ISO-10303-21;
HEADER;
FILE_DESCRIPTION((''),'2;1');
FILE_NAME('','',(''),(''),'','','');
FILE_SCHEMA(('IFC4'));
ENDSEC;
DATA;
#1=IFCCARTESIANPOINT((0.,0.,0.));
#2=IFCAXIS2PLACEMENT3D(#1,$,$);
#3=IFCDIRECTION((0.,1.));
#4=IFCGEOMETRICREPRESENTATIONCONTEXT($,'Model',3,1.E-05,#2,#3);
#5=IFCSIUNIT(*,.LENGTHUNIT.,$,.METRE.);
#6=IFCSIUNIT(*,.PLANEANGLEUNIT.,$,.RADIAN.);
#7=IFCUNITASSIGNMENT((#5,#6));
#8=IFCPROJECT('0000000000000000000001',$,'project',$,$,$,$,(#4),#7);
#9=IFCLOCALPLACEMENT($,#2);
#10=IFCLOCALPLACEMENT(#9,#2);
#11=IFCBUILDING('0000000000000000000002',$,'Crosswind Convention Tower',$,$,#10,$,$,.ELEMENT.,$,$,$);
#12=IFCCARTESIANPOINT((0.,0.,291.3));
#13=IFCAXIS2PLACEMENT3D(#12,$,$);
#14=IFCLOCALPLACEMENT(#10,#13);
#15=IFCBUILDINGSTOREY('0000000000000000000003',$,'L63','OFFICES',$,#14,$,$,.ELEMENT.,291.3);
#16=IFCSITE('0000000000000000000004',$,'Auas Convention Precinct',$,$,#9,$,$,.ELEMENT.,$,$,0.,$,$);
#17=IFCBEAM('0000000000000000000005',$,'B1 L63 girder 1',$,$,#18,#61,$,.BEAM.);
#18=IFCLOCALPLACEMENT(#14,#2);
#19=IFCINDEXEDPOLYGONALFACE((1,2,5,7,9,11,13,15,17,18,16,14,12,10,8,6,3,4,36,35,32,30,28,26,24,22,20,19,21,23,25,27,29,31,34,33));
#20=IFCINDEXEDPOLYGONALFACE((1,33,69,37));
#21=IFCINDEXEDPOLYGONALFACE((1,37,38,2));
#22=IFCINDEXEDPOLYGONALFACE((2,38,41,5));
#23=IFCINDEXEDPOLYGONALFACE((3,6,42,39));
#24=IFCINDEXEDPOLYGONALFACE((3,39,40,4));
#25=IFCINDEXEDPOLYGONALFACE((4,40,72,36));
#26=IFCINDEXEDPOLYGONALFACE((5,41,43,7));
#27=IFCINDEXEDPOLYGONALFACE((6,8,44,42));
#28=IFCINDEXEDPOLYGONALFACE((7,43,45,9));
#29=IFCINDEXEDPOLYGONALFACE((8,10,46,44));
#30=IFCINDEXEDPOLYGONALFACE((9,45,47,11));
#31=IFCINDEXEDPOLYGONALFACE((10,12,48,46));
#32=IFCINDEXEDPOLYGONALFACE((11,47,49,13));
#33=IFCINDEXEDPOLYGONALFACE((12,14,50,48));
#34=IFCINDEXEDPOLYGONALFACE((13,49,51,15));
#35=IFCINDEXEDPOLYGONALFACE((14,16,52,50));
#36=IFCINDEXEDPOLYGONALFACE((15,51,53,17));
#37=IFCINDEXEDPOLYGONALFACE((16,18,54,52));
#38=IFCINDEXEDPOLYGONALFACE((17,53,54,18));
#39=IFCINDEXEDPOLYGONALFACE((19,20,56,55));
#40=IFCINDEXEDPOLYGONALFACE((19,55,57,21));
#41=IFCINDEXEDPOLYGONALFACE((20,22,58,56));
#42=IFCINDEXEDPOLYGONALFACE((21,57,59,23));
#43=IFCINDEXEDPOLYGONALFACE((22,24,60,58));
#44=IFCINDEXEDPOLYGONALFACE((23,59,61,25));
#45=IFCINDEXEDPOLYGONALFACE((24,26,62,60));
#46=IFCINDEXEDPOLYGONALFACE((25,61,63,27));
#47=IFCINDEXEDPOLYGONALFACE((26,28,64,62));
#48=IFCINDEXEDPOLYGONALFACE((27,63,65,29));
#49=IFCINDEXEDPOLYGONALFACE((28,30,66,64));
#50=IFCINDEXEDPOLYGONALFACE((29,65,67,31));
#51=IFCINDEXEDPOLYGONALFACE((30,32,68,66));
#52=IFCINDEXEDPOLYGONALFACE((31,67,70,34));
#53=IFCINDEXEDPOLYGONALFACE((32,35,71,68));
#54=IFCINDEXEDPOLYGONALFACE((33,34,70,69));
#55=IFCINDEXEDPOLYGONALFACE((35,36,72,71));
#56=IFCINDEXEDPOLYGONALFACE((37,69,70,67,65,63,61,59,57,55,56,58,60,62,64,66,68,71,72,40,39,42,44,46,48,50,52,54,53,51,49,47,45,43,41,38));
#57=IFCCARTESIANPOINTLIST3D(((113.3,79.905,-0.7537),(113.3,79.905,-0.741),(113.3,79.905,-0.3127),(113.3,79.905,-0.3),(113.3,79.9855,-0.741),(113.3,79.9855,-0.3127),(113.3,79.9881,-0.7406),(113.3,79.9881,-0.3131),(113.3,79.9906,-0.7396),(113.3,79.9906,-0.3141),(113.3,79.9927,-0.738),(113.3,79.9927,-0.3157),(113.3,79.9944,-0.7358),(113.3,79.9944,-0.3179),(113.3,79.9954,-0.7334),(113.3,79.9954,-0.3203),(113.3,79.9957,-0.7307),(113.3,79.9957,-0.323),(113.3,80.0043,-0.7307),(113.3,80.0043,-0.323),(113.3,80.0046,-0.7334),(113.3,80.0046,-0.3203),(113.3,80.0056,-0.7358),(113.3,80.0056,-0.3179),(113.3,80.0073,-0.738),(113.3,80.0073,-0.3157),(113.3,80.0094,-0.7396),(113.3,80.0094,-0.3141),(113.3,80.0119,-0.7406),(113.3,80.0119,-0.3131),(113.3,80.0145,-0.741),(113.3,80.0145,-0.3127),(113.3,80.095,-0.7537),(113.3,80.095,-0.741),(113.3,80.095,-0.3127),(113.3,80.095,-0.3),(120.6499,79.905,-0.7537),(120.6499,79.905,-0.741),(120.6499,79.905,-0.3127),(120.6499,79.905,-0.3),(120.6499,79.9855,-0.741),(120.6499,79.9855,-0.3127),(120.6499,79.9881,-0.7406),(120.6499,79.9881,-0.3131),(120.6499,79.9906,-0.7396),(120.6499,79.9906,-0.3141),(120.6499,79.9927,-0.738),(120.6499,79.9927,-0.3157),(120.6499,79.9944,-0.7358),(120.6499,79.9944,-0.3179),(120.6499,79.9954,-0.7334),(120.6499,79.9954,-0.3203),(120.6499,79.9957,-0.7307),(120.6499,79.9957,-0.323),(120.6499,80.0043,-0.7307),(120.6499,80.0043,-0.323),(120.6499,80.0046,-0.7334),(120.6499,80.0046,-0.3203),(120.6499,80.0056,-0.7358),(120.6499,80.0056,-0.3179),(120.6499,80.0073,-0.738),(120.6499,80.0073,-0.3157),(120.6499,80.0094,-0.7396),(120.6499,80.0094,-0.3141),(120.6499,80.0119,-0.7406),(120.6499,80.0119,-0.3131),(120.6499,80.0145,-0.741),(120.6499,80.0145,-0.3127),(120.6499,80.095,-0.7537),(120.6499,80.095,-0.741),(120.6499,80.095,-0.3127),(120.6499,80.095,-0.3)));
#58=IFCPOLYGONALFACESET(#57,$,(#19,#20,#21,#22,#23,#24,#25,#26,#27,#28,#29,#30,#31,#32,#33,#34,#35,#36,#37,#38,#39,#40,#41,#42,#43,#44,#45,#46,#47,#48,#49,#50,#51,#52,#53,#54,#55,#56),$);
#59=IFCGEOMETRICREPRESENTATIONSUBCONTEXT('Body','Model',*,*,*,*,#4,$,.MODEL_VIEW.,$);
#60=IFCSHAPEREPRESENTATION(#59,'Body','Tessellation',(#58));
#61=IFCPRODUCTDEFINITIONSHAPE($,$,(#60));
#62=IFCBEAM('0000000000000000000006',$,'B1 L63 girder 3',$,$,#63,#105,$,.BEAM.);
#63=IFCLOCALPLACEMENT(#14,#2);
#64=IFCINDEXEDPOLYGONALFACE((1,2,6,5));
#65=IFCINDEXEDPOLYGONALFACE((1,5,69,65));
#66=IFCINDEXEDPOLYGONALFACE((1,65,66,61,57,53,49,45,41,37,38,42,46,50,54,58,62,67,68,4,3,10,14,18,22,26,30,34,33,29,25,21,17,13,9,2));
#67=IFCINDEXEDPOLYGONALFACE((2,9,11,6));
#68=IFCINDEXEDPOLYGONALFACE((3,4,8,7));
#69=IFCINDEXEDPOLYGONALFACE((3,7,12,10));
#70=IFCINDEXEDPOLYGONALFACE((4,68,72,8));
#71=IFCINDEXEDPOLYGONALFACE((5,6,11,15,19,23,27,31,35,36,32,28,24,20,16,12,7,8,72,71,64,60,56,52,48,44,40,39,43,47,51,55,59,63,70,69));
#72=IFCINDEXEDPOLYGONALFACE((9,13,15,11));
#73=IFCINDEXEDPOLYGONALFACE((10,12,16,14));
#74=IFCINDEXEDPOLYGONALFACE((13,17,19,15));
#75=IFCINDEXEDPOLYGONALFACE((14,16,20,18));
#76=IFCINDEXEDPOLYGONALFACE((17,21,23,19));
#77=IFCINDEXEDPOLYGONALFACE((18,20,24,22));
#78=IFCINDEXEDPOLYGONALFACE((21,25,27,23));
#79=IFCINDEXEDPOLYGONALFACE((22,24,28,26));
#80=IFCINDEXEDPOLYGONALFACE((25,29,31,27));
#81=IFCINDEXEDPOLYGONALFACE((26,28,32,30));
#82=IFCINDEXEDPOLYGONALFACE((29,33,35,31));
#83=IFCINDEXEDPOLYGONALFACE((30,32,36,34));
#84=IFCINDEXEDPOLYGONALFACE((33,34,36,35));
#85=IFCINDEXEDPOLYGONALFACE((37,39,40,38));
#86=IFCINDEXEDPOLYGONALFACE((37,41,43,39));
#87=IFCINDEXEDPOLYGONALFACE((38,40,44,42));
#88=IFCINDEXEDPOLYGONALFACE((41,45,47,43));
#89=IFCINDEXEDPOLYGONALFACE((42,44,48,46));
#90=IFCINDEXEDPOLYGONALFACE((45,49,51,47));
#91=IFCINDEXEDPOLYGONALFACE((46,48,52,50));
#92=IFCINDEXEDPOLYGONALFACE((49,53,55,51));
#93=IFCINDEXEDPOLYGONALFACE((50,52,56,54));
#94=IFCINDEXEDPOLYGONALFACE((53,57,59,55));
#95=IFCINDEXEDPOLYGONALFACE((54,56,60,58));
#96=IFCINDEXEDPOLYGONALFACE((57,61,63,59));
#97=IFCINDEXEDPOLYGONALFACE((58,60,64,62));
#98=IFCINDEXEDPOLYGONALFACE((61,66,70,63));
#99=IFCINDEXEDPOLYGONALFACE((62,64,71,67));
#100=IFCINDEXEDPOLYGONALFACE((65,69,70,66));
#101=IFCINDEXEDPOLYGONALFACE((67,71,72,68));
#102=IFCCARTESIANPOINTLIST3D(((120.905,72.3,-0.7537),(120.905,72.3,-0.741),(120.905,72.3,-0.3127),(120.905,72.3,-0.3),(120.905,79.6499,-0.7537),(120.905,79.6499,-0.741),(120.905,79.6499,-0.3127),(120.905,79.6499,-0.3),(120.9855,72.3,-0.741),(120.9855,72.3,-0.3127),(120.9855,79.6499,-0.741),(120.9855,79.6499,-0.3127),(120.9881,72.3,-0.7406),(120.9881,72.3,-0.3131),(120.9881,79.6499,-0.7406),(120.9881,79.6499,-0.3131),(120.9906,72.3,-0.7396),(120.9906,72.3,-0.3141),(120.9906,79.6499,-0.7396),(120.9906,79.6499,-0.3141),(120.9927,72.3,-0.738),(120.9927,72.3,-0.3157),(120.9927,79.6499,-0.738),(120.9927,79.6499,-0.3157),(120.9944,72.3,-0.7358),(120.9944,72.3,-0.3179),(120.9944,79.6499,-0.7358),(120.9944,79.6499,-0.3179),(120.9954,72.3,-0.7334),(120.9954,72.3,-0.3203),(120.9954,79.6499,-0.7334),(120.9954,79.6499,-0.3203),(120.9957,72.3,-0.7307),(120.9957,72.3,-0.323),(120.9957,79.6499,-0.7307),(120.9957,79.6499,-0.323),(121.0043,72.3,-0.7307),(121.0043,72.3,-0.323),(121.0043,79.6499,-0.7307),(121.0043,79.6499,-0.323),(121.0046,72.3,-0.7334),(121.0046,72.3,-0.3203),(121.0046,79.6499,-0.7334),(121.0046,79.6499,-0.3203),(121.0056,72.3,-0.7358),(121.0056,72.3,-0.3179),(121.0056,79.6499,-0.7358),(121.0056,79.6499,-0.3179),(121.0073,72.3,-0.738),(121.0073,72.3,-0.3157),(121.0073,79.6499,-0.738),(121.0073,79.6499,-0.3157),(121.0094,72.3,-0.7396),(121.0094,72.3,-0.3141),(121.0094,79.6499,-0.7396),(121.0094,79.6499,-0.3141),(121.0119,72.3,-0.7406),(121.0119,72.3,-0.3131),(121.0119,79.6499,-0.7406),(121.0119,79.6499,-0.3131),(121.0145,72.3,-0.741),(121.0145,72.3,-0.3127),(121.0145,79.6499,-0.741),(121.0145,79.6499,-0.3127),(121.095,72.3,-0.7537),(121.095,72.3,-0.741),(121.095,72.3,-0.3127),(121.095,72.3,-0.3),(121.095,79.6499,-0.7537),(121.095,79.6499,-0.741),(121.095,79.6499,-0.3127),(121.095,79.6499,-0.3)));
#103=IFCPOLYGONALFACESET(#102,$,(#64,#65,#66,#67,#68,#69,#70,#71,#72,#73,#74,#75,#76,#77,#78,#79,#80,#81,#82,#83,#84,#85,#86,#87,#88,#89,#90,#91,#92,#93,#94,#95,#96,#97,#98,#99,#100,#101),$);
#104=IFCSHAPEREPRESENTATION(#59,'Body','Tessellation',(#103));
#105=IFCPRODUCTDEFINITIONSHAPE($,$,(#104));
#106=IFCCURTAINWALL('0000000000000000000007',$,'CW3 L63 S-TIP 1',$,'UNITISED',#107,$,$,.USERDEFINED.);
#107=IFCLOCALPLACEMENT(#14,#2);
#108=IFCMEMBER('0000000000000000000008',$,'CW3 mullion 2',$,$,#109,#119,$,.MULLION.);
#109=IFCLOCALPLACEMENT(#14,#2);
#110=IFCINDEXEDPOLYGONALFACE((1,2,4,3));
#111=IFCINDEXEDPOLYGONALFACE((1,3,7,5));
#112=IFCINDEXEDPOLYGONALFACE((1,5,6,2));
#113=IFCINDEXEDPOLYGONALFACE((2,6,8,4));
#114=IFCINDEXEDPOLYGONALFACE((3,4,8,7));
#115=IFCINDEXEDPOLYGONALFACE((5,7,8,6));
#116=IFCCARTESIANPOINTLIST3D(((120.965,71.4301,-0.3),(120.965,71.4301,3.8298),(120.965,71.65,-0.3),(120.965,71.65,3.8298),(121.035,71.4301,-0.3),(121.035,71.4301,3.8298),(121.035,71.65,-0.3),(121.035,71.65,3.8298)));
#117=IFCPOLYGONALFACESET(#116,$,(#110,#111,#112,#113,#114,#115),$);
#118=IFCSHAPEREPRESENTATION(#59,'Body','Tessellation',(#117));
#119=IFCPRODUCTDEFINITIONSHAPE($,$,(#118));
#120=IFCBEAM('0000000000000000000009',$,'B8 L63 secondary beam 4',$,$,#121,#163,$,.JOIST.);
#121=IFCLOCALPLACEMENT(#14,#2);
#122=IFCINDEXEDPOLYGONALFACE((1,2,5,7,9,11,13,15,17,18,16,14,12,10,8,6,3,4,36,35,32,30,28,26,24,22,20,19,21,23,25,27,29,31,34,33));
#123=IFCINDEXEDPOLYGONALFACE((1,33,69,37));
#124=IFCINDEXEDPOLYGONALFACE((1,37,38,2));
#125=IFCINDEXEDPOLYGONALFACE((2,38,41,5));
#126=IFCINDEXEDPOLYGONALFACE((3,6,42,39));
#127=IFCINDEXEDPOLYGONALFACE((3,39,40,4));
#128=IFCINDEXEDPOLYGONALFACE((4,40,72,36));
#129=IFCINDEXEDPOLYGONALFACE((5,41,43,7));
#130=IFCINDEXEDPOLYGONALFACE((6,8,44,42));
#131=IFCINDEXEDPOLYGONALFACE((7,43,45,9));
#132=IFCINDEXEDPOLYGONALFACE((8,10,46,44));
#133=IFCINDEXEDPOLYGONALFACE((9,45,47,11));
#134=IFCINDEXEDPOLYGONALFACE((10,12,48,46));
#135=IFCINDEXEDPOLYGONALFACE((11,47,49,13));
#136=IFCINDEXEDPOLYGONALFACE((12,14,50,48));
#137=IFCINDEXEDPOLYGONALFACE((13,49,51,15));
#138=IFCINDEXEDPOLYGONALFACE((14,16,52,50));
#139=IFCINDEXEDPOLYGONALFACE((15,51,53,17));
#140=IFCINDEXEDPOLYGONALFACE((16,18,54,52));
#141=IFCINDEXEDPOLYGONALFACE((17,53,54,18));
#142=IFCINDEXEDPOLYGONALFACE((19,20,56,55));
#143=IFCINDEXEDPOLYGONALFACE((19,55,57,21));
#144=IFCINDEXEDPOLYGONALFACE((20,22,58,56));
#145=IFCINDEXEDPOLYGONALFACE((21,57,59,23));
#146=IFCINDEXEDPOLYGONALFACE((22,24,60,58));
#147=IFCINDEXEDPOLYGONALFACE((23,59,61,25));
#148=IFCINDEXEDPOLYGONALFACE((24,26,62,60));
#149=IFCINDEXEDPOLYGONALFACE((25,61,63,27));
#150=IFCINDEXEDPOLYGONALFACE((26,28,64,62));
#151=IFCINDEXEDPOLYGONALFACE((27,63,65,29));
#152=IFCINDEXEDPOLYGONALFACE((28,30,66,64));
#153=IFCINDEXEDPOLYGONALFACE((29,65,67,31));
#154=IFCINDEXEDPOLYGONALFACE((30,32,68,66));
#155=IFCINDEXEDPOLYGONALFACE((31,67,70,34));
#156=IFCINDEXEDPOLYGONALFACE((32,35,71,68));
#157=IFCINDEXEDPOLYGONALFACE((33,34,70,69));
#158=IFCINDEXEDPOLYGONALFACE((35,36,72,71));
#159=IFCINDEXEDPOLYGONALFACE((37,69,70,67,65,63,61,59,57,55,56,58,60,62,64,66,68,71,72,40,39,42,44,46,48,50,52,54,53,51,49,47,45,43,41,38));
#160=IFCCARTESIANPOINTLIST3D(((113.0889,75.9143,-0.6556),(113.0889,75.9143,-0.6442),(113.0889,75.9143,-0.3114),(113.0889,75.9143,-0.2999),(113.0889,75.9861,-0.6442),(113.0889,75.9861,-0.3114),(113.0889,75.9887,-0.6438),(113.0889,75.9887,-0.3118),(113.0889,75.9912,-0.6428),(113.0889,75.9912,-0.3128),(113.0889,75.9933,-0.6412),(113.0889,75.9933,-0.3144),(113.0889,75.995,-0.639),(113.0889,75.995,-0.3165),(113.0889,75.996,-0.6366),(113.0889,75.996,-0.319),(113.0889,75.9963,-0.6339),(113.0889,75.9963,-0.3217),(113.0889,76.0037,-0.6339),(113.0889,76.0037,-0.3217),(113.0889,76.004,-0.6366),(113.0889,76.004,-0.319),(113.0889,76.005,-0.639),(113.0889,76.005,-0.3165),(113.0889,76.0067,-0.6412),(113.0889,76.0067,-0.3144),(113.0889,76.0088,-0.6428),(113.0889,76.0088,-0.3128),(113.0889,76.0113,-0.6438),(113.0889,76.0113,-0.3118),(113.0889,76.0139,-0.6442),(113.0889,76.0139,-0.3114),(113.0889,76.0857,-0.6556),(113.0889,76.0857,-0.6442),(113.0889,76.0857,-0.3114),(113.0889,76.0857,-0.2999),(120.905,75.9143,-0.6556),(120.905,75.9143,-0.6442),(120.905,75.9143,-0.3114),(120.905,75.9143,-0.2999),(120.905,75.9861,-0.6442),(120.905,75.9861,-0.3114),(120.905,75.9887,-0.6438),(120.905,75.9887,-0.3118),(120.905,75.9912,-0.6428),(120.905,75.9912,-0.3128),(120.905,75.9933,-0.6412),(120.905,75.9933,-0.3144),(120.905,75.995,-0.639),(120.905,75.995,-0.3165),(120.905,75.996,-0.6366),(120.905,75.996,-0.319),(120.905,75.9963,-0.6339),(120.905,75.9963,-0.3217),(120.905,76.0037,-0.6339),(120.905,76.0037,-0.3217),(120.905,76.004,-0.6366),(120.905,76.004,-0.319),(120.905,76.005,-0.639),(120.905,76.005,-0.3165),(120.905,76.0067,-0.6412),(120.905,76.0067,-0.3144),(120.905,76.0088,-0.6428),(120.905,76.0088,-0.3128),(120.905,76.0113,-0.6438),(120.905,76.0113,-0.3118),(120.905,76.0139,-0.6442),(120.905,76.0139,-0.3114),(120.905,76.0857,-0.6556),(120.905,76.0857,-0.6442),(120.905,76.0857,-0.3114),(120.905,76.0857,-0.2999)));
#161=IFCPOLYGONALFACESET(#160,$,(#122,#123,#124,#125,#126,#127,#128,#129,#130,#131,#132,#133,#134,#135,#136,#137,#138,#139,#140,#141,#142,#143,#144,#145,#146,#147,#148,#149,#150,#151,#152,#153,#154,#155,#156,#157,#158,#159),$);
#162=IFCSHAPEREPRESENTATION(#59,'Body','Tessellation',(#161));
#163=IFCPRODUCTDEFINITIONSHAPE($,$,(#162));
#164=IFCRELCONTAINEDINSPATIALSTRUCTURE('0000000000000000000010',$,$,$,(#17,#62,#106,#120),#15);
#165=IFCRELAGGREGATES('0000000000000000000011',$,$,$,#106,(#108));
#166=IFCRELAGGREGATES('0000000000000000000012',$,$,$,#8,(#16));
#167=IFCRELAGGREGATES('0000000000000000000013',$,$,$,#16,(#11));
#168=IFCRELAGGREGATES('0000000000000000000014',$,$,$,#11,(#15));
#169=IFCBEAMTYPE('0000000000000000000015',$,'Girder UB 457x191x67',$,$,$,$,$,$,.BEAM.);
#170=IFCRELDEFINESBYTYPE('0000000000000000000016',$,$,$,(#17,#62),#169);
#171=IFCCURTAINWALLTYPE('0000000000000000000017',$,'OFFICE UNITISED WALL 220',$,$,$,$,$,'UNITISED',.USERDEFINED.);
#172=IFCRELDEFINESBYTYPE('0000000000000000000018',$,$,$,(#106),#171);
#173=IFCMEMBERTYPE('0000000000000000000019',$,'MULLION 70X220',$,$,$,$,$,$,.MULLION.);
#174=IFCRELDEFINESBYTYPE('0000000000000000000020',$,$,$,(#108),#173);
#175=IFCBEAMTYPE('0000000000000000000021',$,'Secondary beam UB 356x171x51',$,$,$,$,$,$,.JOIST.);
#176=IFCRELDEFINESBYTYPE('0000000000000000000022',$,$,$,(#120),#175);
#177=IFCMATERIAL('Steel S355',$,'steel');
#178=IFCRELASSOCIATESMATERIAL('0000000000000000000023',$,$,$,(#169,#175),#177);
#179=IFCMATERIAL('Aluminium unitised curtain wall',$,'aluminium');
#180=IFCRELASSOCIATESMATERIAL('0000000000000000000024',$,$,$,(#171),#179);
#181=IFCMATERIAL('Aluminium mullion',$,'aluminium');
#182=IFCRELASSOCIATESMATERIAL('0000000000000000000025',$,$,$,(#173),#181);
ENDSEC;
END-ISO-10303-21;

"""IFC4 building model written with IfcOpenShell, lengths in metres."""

from ifc_helpers import new_model, si_unit, direction, frame, origin, origin_2d, place, context, subcontext, project, spatial, rectangle, i_section, extrude, material, material_profile, profile_set, type_object, element, aggregate, save


model = new_model("IFC4")

# Units and contexts
model_context = context("Model", 3, precision=1e-05, world=origin(), true_north=direction((0.0, 1.0)))
body_context = subcontext(model_context, "Body", "Model", "MODEL_VIEW")
ifc_project = project(units=[si_unit("LENGTHUNIT", "METRE"), si_unit("PLANEANGLEUNIT", "RADIAN")], contexts=[model_context])

# Site, building, storey
site_placement = place(None, origin())
site = spatial("IfcSite", under=ifc_project, at=site_placement, Name="Auas Convention Precinct", CompositionType="ELEMENT", RefElevation=0.0)
building_placement = place(site_placement, origin())
building = spatial("IfcBuilding", under=site, at=building_placement, Name="Crosswind Convention Tower", CompositionType="ELEMENT")
storey_placement = place(building_placement, frame((0.0, 0.0, 291.3)))
storey = spatial("IfcBuildingStorey", under=building, at=storey_placement, Name="L63", Description="OFFICES", CompositionType="ELEMENT", Elevation=291.3)

# Beams
ifc_material_1 = material(Name="Steel S355", Category="steel")
ifc_material_profile_1 = material_profile(ifc_material_1, i_section(OverallWidth=0.1899, OverallDepth=0.4536, WebThickness=0.0085, FlangeThickness=0.0127, FilletRadius=0.0103, at=origin_2d()), Name="UB 457x191x67")
ifc_profile_set_1 = profile_set([ifc_material_profile_1], Name="Steel S355")
beam_type_1 = type_object("IfcBeamType", Name="Girder UB 457x191x67", PredefinedType="BEAM", material=ifc_profile_set_1)
for number, where, z_axis, x_axis, name in (
    (1, (113.3, 80.0, -0.5269), (1.0, 0.0, 0.0), (0.0, 1.0, 0.0), "B1 L63 girder 1"),
    (2, (121.0, 72.3, -0.5269), (0.0, 1.0, 0.0), (-1.0, 0.0, 0.0), "B1 L63 girder 3"),
):
    element("IfcBeam", number, at=place(storey_placement, frame(where, z_axis=z_axis, x_axis=x_axis)), inside=storey, type_object=beam_type_1, Name=name, PredefinedType="BEAM", context=body_context, shape_type="SweptSolid", body=[
        extrude(i_section(OverallWidth=0.1899, OverallDepth=0.4536, WebThickness=0.0085, FlangeThickness=0.0127, FilletRadius=0.0103, at=origin_2d()), origin(), (0.0, 0.0, 1.0), 7.3499),
    ])

# Curtain wall, member
ifc_material_2 = material(Name="Aluminium unitised curtain wall", Category="aluminium")
curtain_wall_type = type_object("IfcCurtainWallType", Name="OFFICE UNITISED WALL 220", ElementType="UNITISED", PredefinedType="USERDEFINED", material=ifc_material_2)
curtain_wall_placement = place(storey_placement, origin())
curtain_wall = element("IfcCurtainWall", 3, at=curtain_wall_placement, inside=storey, type_object=curtain_wall_type, Name="CW3 L63 S-TIP 1", ObjectType="UNITISED", PredefinedType="USERDEFINED")
ifc_material_3 = material(Name="Aluminium mullion", Category="aluminium")
ifc_material_profile_2 = material_profile(ifc_material_3, rectangle(XDim=0.22, YDim=0.0701, at=origin_2d()), Name="AL 220X70")
ifc_profile_set_2 = profile_set([ifc_material_profile_2], Name="Aluminium mullion")
member_type = type_object("IfcMemberType", Name="MULLION 70X220", PredefinedType="MULLION", material=ifc_profile_set_2)
member_placement = place(storey_placement, frame((121.0, 71.54, -0.3), z_axis=(0.0, 0.0, 1.0), x_axis=(0.0, -1.0, 0.0)))
member = element("IfcMember", 4, at=member_placement, type_object=member_type, Name="CW3 mullion 2", PredefinedType="MULLION", context=body_context, shape_type="SweptSolid", body=[
    extrude(rectangle(XDim=0.22, YDim=0.0701, at=origin_2d()), origin(), (0.0, 0.0, 1.0), 4.1299),
])

# Beam
ifc_material_profile_3 = material_profile(ifc_material_1, i_section(OverallWidth=0.1714, OverallDepth=0.3557, WebThickness=0.0073, FlangeThickness=0.0115, FilletRadius=0.0103, at=origin_2d()), Name="UB 356x171x51")
ifc_profile_set_3 = profile_set([ifc_material_profile_3], Name="Steel S355")
beam_type_2 = type_object("IfcBeamType", Name="Secondary beam UB 356x171x51", PredefinedType="JOIST", material=ifc_profile_set_3)
beam_1_placement = place(storey_placement, frame((113.0889, 76.0, -0.4778), z_axis=(1.0, 0.0, 0.0), x_axis=(0.0, 1.0, 0.0)))
element("IfcBeam", 5, at=beam_1_placement, inside=storey, type_object=beam_type_2, Name="B8 L63 secondary beam 4", PredefinedType="JOIST", context=body_context, shape_type="SweptSolid", body=[
    extrude(i_section(OverallWidth=0.1714, OverallDepth=0.3557, WebThickness=0.0073, FlangeThickness=0.0115, FilletRadius=0.0103, at=origin_2d()), origin(), (0.0, 0.0, 1.0), 7.8162),
])

aggregate(curtain_wall, [member])

save(model, "model.ifc")
